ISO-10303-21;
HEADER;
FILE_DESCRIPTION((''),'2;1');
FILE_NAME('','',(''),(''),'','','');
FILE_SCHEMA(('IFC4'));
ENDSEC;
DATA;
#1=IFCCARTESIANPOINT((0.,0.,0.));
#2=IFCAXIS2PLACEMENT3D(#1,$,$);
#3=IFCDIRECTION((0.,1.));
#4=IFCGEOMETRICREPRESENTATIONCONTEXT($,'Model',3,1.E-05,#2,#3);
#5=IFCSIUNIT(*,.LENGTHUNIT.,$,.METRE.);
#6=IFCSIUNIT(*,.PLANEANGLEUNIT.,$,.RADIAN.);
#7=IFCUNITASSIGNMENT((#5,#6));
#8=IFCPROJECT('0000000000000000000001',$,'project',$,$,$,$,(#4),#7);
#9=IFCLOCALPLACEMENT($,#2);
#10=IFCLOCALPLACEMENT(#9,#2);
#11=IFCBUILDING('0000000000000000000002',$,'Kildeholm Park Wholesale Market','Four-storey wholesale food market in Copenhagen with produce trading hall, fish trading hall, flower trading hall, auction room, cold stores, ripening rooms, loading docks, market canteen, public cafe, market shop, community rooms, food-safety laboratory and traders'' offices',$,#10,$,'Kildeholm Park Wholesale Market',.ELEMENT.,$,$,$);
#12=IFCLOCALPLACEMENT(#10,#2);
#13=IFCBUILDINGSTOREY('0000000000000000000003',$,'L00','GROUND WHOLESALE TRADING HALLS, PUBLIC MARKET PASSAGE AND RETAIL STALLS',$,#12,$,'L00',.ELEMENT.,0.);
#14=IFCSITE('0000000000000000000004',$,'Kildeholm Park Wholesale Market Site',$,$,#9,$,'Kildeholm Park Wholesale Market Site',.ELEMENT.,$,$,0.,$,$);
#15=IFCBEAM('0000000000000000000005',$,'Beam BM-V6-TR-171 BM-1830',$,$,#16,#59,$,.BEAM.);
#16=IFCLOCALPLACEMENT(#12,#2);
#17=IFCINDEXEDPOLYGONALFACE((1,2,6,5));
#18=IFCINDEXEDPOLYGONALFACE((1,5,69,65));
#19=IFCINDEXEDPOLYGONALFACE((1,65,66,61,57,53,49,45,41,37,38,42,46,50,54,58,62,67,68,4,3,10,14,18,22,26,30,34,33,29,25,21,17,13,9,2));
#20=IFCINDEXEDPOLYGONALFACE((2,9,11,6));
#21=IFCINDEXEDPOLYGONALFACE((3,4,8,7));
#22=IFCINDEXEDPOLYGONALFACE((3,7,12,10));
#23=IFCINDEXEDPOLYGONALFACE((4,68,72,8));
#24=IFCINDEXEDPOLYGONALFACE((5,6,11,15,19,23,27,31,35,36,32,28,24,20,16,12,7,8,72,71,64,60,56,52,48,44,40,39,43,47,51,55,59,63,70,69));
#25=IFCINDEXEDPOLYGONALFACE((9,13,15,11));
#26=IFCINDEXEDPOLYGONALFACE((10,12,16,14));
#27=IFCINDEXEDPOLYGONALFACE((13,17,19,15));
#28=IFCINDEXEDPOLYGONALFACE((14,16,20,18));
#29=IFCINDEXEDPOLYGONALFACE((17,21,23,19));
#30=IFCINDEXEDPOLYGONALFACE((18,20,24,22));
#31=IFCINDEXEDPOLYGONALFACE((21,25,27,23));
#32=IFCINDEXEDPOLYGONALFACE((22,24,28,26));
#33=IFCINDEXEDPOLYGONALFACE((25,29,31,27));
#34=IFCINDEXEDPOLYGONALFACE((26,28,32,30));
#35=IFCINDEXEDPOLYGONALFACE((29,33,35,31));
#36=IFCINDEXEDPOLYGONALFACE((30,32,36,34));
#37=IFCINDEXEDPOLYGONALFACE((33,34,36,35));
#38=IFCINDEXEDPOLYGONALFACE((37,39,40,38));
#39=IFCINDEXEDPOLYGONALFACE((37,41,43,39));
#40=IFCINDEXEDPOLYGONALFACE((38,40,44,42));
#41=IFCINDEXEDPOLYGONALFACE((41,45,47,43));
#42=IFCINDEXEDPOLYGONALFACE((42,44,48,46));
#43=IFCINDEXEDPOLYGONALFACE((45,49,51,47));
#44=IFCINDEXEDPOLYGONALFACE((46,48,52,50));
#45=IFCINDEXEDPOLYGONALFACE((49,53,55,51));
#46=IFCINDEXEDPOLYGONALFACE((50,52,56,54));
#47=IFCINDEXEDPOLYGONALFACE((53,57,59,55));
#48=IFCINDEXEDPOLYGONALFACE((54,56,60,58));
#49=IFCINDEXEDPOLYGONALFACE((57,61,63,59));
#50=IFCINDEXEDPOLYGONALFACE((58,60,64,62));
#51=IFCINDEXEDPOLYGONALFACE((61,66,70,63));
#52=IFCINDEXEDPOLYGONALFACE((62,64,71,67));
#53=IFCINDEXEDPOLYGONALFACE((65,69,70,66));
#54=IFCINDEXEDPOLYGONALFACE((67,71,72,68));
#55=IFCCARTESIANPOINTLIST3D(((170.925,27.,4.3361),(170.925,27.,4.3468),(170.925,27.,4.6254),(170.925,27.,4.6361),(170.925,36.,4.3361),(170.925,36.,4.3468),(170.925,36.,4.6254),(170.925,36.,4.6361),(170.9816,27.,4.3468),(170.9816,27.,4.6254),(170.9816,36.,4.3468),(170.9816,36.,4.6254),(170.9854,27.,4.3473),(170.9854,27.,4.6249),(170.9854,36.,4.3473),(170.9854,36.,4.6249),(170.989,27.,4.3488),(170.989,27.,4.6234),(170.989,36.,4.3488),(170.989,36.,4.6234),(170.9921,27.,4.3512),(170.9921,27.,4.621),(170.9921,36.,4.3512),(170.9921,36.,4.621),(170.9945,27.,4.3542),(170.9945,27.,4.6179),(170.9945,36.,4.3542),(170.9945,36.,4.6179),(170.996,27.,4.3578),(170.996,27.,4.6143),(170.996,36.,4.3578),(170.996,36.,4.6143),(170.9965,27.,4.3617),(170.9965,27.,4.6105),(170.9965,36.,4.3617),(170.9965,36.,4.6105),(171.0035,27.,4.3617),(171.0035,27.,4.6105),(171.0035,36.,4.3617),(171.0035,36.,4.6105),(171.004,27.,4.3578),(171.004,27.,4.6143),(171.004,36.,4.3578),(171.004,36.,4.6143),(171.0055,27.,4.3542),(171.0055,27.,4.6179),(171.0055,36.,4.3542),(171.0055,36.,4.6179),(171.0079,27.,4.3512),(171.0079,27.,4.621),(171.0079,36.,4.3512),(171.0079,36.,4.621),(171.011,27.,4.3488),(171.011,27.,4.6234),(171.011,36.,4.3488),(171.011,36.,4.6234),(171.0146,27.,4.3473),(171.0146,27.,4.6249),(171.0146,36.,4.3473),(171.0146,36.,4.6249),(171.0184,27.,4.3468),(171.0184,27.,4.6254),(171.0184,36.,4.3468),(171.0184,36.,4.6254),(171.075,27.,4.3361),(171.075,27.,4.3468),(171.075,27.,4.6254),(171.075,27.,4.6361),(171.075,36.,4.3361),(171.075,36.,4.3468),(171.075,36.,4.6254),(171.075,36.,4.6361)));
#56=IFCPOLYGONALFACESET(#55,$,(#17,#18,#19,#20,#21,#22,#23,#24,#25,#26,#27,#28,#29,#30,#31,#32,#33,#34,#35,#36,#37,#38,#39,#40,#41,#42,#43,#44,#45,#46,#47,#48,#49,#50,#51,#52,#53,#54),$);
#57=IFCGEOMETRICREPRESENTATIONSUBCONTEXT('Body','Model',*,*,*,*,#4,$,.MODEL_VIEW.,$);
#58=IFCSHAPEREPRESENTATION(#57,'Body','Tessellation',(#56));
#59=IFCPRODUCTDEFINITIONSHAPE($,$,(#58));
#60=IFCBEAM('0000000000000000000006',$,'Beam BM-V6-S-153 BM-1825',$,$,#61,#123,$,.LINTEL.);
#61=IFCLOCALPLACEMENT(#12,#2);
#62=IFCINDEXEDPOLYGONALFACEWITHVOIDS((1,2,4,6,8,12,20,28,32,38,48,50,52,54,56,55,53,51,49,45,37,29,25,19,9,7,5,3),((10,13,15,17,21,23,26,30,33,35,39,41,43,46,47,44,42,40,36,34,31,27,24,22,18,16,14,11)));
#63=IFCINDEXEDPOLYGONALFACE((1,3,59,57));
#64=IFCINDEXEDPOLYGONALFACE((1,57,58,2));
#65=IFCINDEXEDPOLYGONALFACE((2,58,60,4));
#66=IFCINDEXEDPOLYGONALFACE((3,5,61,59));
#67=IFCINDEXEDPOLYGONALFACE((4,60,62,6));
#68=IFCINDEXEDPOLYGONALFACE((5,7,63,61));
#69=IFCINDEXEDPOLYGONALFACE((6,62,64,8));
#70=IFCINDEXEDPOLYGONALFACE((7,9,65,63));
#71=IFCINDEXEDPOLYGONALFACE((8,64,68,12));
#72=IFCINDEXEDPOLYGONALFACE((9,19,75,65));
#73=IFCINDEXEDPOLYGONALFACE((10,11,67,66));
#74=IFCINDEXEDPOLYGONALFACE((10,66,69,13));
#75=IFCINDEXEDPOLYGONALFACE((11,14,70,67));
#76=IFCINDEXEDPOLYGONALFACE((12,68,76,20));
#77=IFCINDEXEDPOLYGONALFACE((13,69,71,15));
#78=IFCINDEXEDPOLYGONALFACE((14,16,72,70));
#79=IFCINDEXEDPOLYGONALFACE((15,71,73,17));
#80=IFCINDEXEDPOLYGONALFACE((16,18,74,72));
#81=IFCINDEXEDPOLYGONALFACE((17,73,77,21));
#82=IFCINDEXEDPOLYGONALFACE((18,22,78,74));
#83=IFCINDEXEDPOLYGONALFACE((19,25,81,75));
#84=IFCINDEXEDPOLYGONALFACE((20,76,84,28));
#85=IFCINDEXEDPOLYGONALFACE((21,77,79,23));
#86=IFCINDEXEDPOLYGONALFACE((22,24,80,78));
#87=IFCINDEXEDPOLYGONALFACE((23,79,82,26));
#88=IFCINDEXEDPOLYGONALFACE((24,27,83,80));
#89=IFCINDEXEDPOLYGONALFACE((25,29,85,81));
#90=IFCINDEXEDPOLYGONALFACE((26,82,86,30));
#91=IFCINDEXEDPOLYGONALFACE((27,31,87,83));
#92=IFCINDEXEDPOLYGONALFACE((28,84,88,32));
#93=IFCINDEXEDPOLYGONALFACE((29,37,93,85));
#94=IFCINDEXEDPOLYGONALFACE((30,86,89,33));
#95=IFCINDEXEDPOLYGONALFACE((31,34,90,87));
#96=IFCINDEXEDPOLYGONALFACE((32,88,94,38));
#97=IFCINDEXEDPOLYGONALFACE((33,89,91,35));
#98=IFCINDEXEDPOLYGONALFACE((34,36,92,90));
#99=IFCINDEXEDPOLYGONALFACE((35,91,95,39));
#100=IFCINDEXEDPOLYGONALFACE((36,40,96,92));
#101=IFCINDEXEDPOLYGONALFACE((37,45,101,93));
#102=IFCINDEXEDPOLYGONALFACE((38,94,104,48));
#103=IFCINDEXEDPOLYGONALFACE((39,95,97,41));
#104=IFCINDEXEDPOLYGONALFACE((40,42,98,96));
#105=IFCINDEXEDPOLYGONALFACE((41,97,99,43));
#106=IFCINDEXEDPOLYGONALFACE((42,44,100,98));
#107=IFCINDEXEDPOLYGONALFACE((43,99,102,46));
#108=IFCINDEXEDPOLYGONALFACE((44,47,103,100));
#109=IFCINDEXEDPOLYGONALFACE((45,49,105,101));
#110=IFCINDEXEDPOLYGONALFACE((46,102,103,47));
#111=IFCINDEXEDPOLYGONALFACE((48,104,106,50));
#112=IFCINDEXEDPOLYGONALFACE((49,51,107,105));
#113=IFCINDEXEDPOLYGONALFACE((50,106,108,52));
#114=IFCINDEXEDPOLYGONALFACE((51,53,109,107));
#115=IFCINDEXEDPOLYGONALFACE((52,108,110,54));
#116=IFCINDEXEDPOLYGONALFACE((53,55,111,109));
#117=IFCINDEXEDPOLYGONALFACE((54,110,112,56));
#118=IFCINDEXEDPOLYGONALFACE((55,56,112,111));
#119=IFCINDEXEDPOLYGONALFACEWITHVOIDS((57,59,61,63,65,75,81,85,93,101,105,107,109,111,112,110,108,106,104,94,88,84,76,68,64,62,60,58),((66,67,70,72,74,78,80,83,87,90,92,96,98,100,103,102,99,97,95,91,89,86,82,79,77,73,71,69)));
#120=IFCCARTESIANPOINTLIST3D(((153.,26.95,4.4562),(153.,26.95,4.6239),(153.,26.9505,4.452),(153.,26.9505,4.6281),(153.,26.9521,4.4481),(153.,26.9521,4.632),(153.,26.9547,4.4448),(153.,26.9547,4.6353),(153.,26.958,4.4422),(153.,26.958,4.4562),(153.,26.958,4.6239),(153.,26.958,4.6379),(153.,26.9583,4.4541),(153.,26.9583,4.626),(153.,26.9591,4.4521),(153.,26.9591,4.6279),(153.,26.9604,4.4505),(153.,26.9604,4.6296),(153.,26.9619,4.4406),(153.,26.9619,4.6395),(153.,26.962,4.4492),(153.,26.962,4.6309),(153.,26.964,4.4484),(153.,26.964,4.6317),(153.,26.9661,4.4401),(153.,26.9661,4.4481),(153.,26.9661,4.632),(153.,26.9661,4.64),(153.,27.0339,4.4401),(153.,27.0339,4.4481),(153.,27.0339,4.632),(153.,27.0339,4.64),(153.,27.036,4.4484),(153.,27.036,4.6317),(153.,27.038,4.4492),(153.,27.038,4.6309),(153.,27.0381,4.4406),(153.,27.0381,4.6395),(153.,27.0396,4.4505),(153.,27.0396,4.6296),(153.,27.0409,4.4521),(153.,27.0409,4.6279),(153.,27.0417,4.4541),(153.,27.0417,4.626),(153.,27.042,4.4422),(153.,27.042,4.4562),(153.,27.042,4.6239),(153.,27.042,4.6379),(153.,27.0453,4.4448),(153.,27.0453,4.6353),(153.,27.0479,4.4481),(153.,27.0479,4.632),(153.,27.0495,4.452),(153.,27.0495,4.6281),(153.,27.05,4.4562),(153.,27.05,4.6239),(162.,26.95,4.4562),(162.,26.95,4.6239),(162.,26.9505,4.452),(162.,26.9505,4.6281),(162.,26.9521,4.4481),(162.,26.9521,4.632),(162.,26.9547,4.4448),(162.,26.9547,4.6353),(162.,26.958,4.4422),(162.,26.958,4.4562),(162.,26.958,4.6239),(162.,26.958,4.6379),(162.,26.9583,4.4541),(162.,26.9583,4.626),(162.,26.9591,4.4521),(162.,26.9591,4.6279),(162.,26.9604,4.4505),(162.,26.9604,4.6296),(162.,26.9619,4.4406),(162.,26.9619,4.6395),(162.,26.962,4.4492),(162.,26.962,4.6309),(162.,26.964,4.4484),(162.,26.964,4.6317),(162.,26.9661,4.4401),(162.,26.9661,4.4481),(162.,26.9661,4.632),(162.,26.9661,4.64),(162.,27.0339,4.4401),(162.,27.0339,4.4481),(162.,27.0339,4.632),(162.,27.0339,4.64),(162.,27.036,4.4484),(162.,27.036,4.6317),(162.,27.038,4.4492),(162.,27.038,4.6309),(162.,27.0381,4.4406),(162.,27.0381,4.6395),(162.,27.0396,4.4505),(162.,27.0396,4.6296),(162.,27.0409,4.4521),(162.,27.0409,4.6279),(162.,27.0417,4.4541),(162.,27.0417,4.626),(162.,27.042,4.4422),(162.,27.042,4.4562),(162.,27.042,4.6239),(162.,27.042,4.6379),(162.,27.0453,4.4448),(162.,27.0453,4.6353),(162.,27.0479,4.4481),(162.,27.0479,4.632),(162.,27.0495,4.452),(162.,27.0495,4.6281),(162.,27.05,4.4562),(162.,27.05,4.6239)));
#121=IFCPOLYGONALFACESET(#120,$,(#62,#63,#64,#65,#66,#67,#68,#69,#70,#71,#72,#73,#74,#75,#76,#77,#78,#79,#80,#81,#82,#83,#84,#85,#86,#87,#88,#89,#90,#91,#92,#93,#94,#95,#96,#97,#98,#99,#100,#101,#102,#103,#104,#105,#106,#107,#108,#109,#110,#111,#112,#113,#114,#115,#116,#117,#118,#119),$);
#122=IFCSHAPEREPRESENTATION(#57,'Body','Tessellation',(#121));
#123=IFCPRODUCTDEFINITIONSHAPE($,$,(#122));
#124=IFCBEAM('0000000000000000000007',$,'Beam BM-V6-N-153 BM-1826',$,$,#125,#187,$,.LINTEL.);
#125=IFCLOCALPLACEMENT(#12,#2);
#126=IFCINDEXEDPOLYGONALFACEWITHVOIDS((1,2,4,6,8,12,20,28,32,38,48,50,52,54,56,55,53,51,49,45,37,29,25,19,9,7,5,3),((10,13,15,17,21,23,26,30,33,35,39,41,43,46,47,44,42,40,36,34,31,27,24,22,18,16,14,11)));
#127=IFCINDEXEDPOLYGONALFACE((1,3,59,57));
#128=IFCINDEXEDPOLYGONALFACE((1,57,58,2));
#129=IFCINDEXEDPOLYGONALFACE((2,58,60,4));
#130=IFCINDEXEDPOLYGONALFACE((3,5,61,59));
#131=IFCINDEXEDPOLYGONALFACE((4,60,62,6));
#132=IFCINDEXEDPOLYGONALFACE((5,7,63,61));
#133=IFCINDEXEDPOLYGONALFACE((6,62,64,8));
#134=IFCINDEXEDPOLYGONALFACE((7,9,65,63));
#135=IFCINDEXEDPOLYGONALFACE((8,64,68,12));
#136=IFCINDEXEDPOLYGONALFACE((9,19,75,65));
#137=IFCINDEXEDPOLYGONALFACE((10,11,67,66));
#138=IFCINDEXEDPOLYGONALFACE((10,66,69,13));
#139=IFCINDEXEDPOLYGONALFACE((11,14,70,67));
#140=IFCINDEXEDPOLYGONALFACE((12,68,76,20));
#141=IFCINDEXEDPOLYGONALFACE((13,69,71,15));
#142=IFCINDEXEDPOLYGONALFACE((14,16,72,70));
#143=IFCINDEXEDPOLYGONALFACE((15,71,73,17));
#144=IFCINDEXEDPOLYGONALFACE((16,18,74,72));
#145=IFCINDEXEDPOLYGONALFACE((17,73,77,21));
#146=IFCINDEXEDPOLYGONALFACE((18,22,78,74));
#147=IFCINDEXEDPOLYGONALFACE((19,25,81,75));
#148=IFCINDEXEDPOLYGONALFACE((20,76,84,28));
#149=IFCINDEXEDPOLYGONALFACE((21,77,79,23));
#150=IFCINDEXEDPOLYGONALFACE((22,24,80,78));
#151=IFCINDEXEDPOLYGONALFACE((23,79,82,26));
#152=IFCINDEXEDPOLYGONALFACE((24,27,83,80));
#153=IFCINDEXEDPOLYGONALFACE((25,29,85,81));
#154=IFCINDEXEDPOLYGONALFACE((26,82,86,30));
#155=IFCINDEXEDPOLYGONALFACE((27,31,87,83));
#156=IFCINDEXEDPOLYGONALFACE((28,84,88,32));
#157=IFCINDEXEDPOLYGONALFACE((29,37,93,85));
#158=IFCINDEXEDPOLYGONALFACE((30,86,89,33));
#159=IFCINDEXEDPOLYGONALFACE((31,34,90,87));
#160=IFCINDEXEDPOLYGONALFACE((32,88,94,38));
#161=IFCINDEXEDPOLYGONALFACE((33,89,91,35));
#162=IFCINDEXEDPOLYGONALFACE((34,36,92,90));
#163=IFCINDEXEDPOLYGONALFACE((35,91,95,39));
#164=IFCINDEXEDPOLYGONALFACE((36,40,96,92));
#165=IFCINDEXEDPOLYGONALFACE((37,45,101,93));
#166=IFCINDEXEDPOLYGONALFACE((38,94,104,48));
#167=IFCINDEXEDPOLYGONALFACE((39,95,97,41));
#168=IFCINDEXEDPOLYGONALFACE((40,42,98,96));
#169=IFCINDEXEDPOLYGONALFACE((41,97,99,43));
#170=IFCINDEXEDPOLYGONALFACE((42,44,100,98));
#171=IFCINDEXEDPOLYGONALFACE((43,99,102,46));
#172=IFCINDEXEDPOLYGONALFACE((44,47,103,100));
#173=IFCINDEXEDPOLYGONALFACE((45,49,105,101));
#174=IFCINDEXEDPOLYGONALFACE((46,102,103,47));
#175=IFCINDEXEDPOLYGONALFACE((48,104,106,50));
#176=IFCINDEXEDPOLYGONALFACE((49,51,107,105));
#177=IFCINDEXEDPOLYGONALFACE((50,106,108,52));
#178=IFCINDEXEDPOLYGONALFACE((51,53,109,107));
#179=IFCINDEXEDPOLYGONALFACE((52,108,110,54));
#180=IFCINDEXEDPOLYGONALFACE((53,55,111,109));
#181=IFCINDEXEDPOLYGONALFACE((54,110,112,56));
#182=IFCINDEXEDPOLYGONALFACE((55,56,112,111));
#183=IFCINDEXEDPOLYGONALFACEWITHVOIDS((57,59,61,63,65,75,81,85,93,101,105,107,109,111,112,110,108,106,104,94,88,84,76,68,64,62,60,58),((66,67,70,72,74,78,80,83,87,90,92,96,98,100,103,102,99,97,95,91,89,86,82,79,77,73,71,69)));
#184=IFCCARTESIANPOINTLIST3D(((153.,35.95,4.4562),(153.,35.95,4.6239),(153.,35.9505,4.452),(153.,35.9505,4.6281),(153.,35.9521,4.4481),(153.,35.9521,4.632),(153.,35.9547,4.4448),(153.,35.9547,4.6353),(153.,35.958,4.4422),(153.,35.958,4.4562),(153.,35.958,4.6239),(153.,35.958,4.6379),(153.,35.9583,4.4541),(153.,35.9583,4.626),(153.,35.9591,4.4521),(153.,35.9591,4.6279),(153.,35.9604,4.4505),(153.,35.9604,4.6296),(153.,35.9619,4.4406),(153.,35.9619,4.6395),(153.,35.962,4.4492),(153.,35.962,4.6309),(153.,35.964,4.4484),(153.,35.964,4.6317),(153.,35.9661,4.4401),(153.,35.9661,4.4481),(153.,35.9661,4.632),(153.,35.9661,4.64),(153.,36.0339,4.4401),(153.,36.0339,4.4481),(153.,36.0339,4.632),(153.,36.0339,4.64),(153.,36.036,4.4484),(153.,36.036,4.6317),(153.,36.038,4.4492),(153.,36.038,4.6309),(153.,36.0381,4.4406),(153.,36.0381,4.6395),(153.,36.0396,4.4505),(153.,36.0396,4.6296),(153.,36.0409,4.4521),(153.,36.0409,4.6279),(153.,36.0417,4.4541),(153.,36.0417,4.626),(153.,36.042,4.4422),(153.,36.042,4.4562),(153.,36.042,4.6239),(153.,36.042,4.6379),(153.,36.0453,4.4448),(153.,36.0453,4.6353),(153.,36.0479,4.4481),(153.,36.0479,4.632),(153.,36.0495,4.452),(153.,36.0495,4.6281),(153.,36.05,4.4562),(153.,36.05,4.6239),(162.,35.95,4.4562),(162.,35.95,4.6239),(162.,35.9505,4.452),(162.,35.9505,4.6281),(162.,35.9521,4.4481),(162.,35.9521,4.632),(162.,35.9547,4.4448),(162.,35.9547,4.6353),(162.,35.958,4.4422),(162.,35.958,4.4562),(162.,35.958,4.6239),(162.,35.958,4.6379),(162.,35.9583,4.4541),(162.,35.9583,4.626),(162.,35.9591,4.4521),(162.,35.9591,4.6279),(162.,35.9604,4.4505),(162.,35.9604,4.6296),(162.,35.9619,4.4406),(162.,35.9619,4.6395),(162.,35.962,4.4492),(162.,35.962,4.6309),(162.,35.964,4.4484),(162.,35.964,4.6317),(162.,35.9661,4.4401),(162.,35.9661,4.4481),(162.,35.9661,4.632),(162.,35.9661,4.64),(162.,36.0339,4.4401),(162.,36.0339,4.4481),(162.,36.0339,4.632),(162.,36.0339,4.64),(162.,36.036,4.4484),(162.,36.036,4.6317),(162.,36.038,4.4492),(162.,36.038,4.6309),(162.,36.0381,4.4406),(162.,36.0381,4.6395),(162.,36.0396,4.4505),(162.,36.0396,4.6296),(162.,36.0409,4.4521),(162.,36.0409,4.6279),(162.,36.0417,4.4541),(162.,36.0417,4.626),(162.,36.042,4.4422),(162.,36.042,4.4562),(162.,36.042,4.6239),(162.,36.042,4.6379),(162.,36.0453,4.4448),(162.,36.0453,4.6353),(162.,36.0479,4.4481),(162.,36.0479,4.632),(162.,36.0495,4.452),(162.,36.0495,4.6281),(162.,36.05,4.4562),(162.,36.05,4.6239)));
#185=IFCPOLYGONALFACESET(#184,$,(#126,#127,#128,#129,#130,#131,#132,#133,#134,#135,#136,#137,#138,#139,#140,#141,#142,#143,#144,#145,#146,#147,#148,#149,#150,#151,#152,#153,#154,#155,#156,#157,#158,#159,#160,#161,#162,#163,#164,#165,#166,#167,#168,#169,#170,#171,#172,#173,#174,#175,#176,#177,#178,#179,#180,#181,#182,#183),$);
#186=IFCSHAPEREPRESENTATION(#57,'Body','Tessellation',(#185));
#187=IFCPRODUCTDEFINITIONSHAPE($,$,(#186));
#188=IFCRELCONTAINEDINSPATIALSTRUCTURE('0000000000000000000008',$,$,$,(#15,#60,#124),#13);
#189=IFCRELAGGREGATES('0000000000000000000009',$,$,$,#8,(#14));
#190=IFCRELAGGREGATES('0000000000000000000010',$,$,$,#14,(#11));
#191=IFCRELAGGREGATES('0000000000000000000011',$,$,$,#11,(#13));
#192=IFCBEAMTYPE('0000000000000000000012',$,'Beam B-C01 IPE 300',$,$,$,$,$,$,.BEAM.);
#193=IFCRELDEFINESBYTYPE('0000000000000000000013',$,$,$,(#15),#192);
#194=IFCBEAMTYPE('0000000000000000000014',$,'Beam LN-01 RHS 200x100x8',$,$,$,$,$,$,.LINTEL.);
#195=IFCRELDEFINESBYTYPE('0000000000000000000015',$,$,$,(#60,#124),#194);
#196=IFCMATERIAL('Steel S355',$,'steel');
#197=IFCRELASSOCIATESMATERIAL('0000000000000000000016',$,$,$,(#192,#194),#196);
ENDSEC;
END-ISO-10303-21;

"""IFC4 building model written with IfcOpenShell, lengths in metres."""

from ifc_helpers import new_model, si_unit, direction, frame, origin, origin_2d, place, context, subcontext, project, spatial, hollow_rectangle, i_section, extrude, material, material_profile, profile_set, type_object, element, save


model = new_model("IFC4")

# Units and contexts
model_context = context("Model", 3, precision=1e-05, world=origin(), true_north=direction((0.0, 1.0)))
body_context = subcontext(model_context, "Body", "Model", "MODEL_VIEW")
ifc_project = project(units=[si_unit("LENGTHUNIT", "METRE"), si_unit("PLANEANGLEUNIT", "RADIAN")], contexts=[model_context])

# Site, building, storey
site_placement = place(None, origin())
site = spatial("IfcSite", under=ifc_project, at=site_placement, Name="Kildeholm Park Wholesale Market Site", LongName="Kildeholm Park Wholesale Market Site", CompositionType="ELEMENT", RefElevation=0.0)
building_placement = place(site_placement, origin())
building = spatial("IfcBuilding", under=site, at=building_placement, Name="Kildeholm Park Wholesale Market", Description="Four-storey wholesale food market in Copenhagen with produce trading hall, fish trading hall, flower trading hall, auction room, cold stores, ripening rooms, loading docks, market canteen, public cafe, market shop, community rooms, food-safety laboratory and traders' offices", LongName="Kildeholm Park Wholesale Market", CompositionType="ELEMENT")
storey_placement = place(building_placement, origin())
storey = spatial("IfcBuildingStorey", under=building, at=storey_placement, Name="L00", Description="GROUND WHOLESALE TRADING HALLS, PUBLIC MARKET PASSAGE AND RETAIL STALLS", LongName="L00", CompositionType="ELEMENT", Elevation=0.0)

# Shared definitions
ifc_material_1 = material(Name="Steel S355", Category="steel")

# Beams
ifc_material_profile_1 = material_profile(ifc_material_1, i_section(OverallWidth=0.1499, OverallDepth=0.3, WebThickness=0.0071, FlangeThickness=0.0107, FilletRadius=0.0149, at=origin_2d()), Name="IPE 300")
ifc_profile_set_1 = profile_set([ifc_material_profile_1], Name="Steel S355")
beam_type_1 = type_object("IfcBeamType", Name="Beam B-C01 IPE 300", PredefinedType="BEAM", material=ifc_profile_set_1)
for number, where, z_axis, x_axis, name in (
    (1, (171.0, 27.0, 4.4861), (0.0, 1.0, 0.0), (-1.0, 0.0, 0.0), "Beam BM-V6-TR-171 BM-1830"),
):
    element("IfcBeam", number, at=place(storey_placement, frame(where, z_axis=z_axis, x_axis=x_axis)), inside=storey, type_object=beam_type_1, Name=name, PredefinedType="BEAM", context=body_context, shape_type="SweptSolid", body=[
        extrude(i_section(OverallWidth=0.1499, OverallDepth=0.3, WebThickness=0.0071, FlangeThickness=0.0107, FilletRadius=0.0149, at=origin_2d()), origin(), (0.0, 0.0, 1.0), 9.0),
    ])
ifc_material_profile_2 = material_profile(ifc_material_1, hollow_rectangle(XDim=0.1001, YDim=0.2, WallThickness=0.0081, InnerFilletRadius=0.0081, OuterFilletRadius=0.0161, at=origin_2d()), Name="RHS 200x100x8")
ifc_profile_set_2 = profile_set([ifc_material_profile_2], Name="Steel S355")
beam_type_2 = type_object("IfcBeamType", Name="Beam LN-01 RHS 200x100x8", PredefinedType="LINTEL", material=ifc_profile_set_2)
for number, where, z_axis, x_axis, name in (
    (2, (153.0, 27.0, 4.54), (1.0, 0.0, 0.0), (0.0, 1.0, 0.0), "Beam BM-V6-S-153 BM-1825"),
    (3, (153.0, 36.0, 4.54), (1.0, 0.0, 0.0), (0.0, 1.0, 0.0), "Beam BM-V6-N-153 BM-1826"),
):
    element("IfcBeam", number, at=place(storey_placement, frame(where, z_axis=z_axis, x_axis=x_axis)), inside=storey, type_object=beam_type_2, Name=name, PredefinedType="LINTEL", context=body_context, shape_type="SweptSolid", body=[
        extrude(hollow_rectangle(XDim=0.1001, YDim=0.2, WallThickness=0.0081, InnerFilletRadius=0.0081, OuterFilletRadius=0.0161, at=origin_2d()), origin(), (0.0, 0.0, 1.0), 9.0),
    ])

save(model, "model.ifc")
